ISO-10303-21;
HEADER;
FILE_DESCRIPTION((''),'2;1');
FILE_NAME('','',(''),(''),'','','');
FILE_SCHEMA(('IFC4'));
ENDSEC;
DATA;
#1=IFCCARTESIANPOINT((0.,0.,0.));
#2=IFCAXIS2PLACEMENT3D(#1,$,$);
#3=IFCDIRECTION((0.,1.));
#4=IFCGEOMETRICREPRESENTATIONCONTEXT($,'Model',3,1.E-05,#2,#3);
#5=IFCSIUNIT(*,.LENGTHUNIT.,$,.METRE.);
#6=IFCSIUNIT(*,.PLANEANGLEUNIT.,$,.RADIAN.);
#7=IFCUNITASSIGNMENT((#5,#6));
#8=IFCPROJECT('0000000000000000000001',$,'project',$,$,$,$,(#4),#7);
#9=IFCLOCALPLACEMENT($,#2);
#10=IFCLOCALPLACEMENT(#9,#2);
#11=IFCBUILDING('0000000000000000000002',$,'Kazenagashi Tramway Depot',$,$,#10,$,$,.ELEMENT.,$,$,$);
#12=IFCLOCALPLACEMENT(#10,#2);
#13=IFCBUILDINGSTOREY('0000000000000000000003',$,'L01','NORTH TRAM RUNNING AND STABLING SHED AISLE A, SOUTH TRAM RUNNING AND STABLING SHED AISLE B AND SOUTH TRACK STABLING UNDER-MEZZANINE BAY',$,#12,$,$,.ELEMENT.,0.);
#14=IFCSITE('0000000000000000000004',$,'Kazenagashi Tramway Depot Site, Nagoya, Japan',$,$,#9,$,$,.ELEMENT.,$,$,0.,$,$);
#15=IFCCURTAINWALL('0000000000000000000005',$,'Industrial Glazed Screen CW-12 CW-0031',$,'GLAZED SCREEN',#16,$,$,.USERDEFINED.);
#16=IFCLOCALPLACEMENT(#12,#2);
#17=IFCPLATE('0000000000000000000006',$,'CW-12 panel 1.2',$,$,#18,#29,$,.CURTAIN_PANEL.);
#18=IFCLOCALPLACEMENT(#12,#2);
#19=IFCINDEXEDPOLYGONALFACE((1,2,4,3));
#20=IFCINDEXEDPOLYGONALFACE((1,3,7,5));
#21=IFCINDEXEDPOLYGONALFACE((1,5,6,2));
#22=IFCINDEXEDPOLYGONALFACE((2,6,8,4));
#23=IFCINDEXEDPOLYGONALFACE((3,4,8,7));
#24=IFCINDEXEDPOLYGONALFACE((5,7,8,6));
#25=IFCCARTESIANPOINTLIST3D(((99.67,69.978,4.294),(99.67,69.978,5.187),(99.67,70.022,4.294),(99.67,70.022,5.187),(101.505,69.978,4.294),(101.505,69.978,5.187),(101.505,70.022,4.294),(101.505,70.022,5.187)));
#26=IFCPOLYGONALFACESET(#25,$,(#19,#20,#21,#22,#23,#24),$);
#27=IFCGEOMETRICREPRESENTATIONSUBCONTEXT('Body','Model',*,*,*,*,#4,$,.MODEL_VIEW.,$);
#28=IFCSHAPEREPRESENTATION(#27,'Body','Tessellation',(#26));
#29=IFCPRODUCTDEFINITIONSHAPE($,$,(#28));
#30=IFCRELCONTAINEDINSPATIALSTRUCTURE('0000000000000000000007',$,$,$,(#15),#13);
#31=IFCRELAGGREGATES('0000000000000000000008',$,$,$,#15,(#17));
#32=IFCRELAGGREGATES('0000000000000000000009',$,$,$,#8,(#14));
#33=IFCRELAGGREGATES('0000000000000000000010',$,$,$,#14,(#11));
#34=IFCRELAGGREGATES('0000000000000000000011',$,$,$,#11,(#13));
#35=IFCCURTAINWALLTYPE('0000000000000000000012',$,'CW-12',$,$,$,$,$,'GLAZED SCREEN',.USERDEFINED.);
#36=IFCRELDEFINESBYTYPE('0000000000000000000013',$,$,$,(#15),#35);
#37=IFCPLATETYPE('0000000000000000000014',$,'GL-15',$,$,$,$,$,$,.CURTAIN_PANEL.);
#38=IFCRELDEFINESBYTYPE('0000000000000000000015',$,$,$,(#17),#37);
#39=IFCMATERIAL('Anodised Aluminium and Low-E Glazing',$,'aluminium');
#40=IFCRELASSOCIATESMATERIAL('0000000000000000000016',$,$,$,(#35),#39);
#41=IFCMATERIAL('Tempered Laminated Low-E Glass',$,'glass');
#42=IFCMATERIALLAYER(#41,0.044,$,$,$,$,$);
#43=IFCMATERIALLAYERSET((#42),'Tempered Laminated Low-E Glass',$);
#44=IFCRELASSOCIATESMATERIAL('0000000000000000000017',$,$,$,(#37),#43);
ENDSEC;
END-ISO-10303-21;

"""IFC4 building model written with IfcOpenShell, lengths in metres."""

from ifc_helpers import new_model, si_unit, direction, frame, origin, origin_2d, place, context, subcontext, project, spatial, rectangle, extrude, material, layer, layer_set, type_object, element, aggregate, save


model = new_model("IFC4")

# Units and contexts
model_context = context("Model", 3, precision=1e-05, world=origin(), true_north=direction((0.0, 1.0)))
body_context = subcontext(model_context, "Body", "Model", "MODEL_VIEW")
ifc_project = project(units=[si_unit("LENGTHUNIT", "METRE"), si_unit("PLANEANGLEUNIT", "RADIAN")], contexts=[model_context])

# Site, building, storey
site_placement = place(None, origin())
site = spatial("IfcSite", under=ifc_project, at=site_placement, Name="Kazenagashi Tramway Depot Site, Nagoya, Japan", CompositionType="ELEMENT", RefElevation=0.0)
building_placement = place(site_placement, origin())
building = spatial("IfcBuilding", under=site, at=building_placement, Name="Kazenagashi Tramway Depot", CompositionType="ELEMENT")
storey_placement = place(building_placement, origin())
storey = spatial("IfcBuildingStorey", under=building, at=storey_placement, Name="L01", Description="NORTH TRAM RUNNING AND STABLING SHED AISLE A, SOUTH TRAM RUNNING AND STABLING SHED AISLE B AND SOUTH TRACK STABLING UNDER-MEZZANINE BAY", CompositionType="ELEMENT", Elevation=0.0)

# Shared definitions
ifc_material_1 = material(Name="Anodised Aluminium and Low-E Glazing", Category="aluminium")

# Curtain wall
curtain_wall_type_1 = type_object("IfcCurtainWallType", Name="CW-12", ElementType="GLAZED SCREEN", PredefinedType="USERDEFINED", material=ifc_material_1)
curtain_wall_1_placement = place(storey_placement, origin())
curtain_wall_1 = element("IfcCurtainWall", 1, at=curtain_wall_1_placement, inside=storey, type_object=curtain_wall_type_1, Name="Industrial Glazed Screen CW-12 CW-0031", ObjectType="GLAZED SCREEN", PredefinedType="USERDEFINED")

# Plate
ifc_material_2 = material(Name="Tempered Laminated Low-E Glass", Category="glass")
ifc_layer_1 = layer(ifc_material_2, 0.044)
ifc_layer_set_1 = layer_set([ifc_layer_1], Name="Tempered Laminated Low-E Glass")
plate_type_1 = type_object("IfcPlateType", Name="GL-15", PredefinedType="CURTAIN_PANEL", material=ifc_layer_set_1)
plate_1_placement = place(storey_placement, frame((100.5875, 70.0, 4.294), z_axis=(0.0, 0.0, 1.0), x_axis=(1.0, 0.0, 0.0)))
plate_1 = element("IfcPlate", 2, at=plate_1_placement, type_object=plate_type_1, Name="CW-12 panel 1.2", PredefinedType="CURTAIN_PANEL", context=body_context, shape_type="SweptSolid", body=[
    extrude(rectangle(XDim=1.835, YDim=0.044, at=origin_2d()), origin(), (0.0, 0.0, 1.0), 0.893),
])
aggregate(curtain_wall_1, [plate_1])

save(model, "model.ifc")
